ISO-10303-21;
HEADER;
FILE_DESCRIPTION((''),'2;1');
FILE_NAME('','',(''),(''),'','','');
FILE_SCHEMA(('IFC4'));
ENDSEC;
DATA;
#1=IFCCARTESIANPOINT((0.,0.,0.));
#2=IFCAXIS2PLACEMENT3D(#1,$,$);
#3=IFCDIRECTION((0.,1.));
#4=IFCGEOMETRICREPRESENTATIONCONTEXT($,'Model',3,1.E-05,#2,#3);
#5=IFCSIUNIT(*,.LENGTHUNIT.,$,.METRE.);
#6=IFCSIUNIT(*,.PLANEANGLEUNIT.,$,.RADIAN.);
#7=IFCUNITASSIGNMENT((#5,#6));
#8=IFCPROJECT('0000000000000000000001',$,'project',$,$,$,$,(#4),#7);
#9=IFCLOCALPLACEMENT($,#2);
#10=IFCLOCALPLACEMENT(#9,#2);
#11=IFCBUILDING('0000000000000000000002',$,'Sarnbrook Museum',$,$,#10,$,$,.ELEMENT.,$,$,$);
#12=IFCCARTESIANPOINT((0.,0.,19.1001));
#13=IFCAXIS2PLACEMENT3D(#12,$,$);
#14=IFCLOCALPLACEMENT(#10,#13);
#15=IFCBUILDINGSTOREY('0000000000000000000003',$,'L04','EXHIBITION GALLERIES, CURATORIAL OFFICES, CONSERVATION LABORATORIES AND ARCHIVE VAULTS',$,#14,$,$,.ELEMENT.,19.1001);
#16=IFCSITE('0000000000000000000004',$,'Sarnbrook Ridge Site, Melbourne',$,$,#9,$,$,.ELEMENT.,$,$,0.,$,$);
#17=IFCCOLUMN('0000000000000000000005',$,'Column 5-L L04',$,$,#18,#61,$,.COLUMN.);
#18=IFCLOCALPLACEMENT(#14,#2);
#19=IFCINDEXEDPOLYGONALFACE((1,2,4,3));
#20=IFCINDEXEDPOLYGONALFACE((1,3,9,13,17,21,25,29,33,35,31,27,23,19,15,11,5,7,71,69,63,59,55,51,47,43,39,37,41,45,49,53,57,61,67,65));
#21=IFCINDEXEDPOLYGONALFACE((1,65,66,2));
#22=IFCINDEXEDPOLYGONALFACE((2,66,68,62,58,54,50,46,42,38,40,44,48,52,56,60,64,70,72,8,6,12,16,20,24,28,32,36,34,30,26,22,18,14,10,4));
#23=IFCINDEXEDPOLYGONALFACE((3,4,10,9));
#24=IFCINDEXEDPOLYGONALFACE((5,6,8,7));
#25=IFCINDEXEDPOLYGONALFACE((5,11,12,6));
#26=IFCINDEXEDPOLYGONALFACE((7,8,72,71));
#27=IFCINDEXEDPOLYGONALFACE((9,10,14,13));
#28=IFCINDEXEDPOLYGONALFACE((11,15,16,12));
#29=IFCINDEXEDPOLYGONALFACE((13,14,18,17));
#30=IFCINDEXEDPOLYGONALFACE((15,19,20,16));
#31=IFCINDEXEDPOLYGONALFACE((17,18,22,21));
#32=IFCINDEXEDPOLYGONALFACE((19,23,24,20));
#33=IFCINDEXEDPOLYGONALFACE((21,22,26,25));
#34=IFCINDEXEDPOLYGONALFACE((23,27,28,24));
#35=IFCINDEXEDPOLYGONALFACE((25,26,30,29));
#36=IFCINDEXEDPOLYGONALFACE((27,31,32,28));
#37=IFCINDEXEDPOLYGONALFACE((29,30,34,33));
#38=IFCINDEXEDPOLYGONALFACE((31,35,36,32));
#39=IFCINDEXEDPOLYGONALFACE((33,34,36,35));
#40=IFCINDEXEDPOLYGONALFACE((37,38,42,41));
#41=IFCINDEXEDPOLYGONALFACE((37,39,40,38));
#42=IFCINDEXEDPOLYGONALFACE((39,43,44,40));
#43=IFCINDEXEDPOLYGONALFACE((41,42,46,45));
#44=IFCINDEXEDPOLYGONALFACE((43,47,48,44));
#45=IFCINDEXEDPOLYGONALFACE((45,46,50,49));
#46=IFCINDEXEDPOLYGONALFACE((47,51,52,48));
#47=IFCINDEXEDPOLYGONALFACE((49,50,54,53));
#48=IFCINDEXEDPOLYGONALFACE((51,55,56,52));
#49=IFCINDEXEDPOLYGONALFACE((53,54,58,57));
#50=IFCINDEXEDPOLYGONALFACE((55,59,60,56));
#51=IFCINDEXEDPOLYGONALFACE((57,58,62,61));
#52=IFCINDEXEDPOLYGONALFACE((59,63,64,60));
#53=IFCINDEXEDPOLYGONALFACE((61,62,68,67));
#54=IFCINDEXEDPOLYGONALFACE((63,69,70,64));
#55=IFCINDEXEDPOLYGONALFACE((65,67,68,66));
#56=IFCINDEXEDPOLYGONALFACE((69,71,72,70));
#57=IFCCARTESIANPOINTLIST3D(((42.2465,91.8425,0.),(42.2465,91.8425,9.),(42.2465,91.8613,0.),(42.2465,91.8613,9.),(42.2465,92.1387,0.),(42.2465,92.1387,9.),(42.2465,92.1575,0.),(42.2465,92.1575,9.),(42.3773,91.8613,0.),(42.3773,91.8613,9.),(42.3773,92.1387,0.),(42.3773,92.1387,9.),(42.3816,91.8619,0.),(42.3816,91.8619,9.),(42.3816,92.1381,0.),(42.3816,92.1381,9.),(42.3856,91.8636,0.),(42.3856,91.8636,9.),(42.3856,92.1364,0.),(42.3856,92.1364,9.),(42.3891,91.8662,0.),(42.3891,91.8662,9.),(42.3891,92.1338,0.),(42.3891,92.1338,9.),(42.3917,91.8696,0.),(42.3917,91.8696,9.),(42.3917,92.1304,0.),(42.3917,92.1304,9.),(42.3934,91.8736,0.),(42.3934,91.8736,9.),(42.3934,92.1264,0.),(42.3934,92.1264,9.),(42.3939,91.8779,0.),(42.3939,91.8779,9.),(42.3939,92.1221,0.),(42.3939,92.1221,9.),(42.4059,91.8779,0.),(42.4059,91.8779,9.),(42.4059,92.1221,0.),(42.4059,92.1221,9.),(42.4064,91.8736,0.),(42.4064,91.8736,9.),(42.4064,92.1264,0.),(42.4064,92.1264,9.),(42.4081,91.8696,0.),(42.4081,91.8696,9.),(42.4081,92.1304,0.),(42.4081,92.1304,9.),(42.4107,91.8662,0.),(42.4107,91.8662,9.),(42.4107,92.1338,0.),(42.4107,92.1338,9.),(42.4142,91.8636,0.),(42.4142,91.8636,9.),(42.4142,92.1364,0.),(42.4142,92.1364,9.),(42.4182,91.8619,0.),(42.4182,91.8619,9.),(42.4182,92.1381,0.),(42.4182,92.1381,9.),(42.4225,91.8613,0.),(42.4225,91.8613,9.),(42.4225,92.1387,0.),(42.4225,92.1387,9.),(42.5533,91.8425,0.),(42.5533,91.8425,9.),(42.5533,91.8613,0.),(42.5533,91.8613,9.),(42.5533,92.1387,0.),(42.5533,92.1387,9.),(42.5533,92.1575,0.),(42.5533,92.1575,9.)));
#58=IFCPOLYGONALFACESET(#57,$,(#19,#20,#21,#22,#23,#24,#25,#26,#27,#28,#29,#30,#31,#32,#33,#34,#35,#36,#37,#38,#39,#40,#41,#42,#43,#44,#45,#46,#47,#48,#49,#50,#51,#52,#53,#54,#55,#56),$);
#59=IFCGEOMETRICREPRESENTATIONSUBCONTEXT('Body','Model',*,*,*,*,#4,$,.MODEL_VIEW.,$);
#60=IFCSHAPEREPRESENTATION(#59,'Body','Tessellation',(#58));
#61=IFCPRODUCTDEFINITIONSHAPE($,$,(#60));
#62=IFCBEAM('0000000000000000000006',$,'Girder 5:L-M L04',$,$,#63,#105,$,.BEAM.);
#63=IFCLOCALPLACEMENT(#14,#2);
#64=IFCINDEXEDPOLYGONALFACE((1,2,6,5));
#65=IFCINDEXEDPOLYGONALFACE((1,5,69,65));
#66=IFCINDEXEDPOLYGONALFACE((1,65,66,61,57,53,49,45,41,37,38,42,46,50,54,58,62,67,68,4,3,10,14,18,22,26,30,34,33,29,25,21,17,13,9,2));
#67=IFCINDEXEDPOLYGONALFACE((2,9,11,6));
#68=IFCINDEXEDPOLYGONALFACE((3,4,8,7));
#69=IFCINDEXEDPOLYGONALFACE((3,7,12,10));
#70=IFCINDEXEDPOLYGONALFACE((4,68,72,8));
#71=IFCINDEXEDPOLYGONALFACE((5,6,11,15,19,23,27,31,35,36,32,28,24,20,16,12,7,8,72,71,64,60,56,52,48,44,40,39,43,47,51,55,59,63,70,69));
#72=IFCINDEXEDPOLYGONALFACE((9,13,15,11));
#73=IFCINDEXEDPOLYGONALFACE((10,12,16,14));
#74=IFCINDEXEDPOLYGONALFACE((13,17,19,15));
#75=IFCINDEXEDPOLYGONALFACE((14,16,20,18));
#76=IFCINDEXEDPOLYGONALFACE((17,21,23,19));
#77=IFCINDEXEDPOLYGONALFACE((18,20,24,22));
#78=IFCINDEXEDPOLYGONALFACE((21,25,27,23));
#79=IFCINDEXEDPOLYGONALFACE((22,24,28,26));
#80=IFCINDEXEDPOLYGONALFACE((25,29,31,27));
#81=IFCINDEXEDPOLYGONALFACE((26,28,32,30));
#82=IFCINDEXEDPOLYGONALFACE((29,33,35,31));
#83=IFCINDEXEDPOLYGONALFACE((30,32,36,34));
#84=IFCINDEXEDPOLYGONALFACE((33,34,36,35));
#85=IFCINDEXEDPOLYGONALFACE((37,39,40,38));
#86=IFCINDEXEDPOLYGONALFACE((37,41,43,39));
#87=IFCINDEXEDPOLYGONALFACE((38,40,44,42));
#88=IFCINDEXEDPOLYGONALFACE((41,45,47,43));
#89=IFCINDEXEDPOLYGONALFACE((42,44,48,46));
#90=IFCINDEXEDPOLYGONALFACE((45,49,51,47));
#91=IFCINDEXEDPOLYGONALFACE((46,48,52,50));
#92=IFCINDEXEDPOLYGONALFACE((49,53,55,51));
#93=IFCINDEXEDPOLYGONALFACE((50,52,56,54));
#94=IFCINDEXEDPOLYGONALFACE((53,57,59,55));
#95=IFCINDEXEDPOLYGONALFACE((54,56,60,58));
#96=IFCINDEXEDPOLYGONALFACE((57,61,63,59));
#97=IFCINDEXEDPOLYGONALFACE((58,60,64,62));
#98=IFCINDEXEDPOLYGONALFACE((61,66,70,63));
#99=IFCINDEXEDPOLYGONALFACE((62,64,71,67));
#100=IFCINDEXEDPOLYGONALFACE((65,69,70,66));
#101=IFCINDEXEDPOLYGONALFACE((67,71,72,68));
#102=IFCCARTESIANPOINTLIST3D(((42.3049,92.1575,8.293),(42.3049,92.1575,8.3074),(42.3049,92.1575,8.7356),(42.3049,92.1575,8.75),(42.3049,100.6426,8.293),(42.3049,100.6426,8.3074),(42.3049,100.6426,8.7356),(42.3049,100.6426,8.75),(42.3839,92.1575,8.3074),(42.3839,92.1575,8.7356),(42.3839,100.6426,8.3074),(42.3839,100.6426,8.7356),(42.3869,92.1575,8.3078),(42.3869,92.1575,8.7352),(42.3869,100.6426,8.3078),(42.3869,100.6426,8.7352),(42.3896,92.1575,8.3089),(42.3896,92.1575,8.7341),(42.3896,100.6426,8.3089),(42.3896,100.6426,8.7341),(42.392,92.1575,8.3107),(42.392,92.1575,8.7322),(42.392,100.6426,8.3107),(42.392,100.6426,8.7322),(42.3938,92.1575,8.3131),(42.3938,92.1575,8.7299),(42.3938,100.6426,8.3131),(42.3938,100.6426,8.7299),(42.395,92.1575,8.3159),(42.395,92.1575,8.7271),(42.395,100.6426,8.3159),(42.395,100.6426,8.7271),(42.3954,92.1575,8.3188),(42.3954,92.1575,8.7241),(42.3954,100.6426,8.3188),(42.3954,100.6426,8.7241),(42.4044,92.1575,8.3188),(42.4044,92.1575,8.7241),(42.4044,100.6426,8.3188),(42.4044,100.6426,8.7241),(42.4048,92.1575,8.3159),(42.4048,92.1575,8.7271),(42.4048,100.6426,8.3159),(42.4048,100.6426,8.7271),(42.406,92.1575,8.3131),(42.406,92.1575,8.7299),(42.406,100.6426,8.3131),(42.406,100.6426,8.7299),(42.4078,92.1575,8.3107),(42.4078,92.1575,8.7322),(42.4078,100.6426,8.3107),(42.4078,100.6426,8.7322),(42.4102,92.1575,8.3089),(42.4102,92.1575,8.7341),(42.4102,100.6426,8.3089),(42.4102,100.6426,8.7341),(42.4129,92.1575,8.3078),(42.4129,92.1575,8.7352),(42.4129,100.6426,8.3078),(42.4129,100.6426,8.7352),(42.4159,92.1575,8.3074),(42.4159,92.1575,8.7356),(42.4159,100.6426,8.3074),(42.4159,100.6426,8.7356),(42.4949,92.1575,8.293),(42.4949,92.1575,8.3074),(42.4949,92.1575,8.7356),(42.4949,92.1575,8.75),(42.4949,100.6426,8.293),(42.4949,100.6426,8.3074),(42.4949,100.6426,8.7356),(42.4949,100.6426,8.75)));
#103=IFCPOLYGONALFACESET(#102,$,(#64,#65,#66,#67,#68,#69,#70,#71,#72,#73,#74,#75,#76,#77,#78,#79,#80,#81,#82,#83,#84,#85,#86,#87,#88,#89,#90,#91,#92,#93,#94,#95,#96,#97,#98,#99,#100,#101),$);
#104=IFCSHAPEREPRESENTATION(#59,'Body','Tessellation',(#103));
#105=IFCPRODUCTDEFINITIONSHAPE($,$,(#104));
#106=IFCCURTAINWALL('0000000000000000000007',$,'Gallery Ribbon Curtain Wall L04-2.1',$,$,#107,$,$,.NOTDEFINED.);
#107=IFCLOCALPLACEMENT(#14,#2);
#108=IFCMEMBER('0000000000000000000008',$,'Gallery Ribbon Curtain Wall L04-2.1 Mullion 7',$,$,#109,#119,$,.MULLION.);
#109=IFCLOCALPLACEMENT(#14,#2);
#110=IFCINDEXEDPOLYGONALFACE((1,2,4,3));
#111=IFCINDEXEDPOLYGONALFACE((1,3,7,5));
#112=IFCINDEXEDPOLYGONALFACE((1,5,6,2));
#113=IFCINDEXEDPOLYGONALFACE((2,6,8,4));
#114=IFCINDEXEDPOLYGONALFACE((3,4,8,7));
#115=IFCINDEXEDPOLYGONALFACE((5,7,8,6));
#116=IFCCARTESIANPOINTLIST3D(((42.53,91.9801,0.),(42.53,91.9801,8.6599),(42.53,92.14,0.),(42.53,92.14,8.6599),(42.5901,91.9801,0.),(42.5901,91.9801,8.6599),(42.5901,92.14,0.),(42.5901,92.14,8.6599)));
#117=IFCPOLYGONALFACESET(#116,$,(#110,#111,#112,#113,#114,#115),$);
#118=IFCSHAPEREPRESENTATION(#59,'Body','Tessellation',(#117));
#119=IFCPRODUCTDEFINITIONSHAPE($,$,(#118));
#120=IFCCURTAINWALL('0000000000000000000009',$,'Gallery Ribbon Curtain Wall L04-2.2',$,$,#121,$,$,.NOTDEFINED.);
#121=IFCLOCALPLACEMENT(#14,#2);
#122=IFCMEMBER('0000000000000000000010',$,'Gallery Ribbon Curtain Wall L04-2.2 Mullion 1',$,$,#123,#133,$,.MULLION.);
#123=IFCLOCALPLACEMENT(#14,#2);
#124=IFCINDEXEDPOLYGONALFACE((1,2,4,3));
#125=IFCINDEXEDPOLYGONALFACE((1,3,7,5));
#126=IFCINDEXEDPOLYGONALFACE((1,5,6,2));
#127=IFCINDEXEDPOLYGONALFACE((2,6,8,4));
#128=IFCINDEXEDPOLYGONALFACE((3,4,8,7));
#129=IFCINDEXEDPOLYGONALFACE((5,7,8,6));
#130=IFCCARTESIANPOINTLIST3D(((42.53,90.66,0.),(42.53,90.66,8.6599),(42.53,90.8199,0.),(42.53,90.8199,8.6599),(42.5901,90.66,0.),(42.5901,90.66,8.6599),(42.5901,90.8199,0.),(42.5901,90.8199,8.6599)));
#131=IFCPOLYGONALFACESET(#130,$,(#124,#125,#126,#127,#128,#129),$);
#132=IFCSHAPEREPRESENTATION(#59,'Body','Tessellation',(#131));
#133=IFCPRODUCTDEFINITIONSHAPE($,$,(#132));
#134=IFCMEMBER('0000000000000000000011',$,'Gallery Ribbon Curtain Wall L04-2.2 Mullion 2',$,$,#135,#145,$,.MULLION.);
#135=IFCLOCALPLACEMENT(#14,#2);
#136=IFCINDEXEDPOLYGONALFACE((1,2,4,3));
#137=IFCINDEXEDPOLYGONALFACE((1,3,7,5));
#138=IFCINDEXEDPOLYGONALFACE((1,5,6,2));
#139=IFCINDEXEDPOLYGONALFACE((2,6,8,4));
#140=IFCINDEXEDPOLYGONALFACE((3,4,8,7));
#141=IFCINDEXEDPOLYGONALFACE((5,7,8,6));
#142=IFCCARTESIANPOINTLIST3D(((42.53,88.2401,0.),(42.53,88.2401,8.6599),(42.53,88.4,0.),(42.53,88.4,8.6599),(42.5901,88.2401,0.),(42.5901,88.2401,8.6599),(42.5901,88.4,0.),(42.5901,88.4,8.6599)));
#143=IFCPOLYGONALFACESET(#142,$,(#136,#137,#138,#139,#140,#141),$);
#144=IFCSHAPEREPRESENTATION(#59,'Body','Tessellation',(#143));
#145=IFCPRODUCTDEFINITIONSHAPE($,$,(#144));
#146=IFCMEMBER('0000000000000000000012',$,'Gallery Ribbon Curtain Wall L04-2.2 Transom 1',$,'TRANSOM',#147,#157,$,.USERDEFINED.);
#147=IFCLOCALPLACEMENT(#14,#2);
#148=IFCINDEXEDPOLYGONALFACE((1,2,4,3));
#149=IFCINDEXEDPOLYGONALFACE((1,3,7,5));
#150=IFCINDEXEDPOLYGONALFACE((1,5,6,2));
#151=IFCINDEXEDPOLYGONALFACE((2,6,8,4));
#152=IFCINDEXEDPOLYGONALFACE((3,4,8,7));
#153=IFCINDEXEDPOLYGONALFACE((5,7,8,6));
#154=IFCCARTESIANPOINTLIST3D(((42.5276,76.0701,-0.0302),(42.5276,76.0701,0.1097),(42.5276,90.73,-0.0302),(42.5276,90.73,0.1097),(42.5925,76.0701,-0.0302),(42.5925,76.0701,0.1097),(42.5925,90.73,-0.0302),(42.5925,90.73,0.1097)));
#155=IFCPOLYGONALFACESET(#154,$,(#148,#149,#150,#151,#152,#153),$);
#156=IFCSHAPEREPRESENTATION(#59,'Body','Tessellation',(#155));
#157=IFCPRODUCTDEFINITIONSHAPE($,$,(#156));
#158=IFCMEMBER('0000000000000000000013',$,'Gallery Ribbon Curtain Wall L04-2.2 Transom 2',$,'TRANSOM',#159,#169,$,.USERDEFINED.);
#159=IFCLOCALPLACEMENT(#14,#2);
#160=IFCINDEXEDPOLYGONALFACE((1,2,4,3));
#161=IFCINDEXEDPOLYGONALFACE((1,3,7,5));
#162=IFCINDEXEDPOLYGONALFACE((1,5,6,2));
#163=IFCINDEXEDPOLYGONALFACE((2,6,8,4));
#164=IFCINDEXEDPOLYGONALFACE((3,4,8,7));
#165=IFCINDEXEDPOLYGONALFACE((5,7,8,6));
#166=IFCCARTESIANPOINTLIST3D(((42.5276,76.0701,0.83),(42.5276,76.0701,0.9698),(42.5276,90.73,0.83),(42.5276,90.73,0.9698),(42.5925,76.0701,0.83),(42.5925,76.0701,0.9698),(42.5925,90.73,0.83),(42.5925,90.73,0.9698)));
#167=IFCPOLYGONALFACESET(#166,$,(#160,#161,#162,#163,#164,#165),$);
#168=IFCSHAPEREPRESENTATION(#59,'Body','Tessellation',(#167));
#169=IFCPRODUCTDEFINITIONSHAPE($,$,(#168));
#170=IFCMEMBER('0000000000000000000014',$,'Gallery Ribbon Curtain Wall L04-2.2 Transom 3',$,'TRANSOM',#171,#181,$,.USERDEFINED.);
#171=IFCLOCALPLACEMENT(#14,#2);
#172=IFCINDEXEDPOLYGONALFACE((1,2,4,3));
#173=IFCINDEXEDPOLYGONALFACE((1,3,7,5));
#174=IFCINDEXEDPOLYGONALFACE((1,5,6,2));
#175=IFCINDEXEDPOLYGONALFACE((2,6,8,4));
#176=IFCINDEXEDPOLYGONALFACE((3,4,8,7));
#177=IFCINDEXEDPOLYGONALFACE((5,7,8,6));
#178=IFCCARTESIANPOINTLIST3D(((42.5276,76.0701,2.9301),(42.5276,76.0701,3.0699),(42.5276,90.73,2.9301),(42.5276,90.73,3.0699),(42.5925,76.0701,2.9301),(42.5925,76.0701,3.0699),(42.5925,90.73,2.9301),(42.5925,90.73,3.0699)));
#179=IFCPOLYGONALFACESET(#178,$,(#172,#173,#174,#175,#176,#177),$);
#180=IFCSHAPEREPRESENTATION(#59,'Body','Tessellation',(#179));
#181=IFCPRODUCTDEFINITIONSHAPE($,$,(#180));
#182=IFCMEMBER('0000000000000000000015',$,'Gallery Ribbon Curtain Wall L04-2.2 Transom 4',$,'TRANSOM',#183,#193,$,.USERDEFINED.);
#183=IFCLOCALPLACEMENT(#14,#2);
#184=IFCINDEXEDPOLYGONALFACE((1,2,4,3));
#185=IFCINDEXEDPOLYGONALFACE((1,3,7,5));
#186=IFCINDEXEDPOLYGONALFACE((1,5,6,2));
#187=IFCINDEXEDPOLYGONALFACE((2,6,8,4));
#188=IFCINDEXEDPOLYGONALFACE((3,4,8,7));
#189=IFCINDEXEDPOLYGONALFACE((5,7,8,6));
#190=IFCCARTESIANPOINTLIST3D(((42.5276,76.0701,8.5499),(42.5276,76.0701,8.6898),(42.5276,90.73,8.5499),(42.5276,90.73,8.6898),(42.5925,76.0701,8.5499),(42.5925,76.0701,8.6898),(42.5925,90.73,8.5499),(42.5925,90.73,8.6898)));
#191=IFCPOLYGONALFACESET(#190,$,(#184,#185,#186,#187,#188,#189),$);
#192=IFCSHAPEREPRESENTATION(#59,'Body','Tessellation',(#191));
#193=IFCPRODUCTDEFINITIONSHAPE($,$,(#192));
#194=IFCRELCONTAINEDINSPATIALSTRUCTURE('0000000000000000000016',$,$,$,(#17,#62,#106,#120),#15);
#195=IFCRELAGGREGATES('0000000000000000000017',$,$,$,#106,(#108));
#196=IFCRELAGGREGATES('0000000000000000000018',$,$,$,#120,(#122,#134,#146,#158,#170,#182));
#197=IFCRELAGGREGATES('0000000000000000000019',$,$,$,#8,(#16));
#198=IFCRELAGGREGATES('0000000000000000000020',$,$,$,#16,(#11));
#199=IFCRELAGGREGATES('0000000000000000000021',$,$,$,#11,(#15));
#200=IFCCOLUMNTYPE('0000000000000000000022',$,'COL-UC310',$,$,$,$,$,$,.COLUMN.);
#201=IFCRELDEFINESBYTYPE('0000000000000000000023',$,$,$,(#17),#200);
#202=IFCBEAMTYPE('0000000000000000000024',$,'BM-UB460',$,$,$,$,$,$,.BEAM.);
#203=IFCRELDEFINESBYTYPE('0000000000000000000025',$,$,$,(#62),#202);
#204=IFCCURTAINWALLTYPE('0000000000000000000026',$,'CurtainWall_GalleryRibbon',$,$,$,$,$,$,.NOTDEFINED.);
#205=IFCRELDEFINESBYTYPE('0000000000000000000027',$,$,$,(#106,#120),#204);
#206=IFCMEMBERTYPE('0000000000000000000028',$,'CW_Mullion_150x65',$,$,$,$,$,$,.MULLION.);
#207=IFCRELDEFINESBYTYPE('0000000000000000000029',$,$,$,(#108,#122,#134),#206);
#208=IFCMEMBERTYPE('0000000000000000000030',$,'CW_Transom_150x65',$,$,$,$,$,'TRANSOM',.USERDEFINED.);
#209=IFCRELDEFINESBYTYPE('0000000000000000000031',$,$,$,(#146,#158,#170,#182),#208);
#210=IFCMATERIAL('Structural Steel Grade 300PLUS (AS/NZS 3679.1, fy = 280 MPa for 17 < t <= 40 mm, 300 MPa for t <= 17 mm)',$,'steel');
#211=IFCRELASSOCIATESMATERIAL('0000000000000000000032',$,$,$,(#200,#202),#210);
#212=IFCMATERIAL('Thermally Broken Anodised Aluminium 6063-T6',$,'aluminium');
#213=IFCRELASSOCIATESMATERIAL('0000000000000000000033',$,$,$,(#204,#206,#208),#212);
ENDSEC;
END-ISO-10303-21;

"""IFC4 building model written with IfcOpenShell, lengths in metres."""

from ifc_helpers import new_model, si_unit, direction, frame, origin, origin_2d, place, context, subcontext, project, spatial, rectangle, i_section, extrude, material, material_profile, profile_set, type_object, element, aggregate, save


model = new_model("IFC4")

# Units and contexts
model_context = context("Model", 3, precision=1e-05, world=origin(), true_north=direction((0.0, 1.0)))
body_context = subcontext(model_context, "Body", "Model", "MODEL_VIEW")
ifc_project = project(units=[si_unit("LENGTHUNIT", "METRE"), si_unit("PLANEANGLEUNIT", "RADIAN")], contexts=[model_context])

# Site, building, storey
site_placement = place(None, origin())
site = spatial("IfcSite", under=ifc_project, at=site_placement, Name="Sarnbrook Ridge Site, Melbourne", CompositionType="ELEMENT", RefElevation=0.0)
building_placement = place(site_placement, origin())
building = spatial("IfcBuilding", under=site, at=building_placement, Name="Sarnbrook Museum", CompositionType="ELEMENT")
storey_placement = place(building_placement, frame((0.0, 0.0, 19.1001)))
storey = spatial("IfcBuildingStorey", under=building, at=storey_placement, Name="L04", Description="EXHIBITION GALLERIES, CURATORIAL OFFICES, CONSERVATION LABORATORIES AND ARCHIVE VAULTS", CompositionType="ELEMENT", Elevation=19.1001)

# Column
ifc_material_1 = material(Name="Structural Steel Grade 300PLUS (AS/NZS 3679.1, fy = 280 MPa for 17 < t <= 40 mm, 300 MPa for t <= 17 mm)", Category="steel")
ifc_material_profile_1 = material_profile(ifc_material_1, i_section(OverallWidth=0.3069, OverallDepth=0.3149, WebThickness=0.012, FlangeThickness=0.0188, FilletRadius=0.0166, at=origin_2d()), Name="310UC118")
ifc_profile_set_1 = profile_set([ifc_material_profile_1], Name="Structural Steel Grade 300PLUS (AS/NZS 3679.1, fy = 280 MPa for 17 < t <= 40 mm, 300 MPa for t <= 17 mm)")
column_type = type_object("IfcColumnType", Name="COL-UC310", PredefinedType="COLUMN", material=ifc_profile_set_1)
column_placement = place(storey_placement, frame((42.3999, 92.0, 0.0), z_axis=(0.0, 0.0, 1.0), x_axis=(1.0, 0.0, 0.0)))
element("IfcColumn", 1, at=column_placement, inside=storey, type_object=column_type, Name="Column 5-L L04", PredefinedType="COLUMN", context=body_context, shape_type="SweptSolid", body=[
    extrude(i_section(OverallWidth=0.3069, OverallDepth=0.3149, WebThickness=0.012, FlangeThickness=0.0188, FilletRadius=0.0166, at=origin_2d()), origin(), (0.0, 0.0, 1.0), 9.0),
])

# Beam
ifc_material_profile_2 = material_profile(ifc_material_1, i_section(OverallWidth=0.1899, OverallDepth=0.457, WebThickness=0.009, FlangeThickness=0.0144, FilletRadius=0.0115, at=origin_2d()), Name="460UB74.6")
ifc_profile_set_2 = profile_set([ifc_material_profile_2], Name="Structural Steel Grade 300PLUS (AS/NZS 3679.1, fy = 280 MPa for 17 < t <= 40 mm, 300 MPa for t <= 17 mm)")
beam_type = type_object("IfcBeamType", Name="BM-UB460", PredefinedType="BEAM", material=ifc_profile_set_2)
beam_placement = place(storey_placement, frame((42.3999, 92.1575, 8.5215), z_axis=(0.0, 1.0, 0.0), x_axis=(-1.0, 0.0, 0.0)))
element("IfcBeam", 2, at=beam_placement, inside=storey, type_object=beam_type, Name="Girder 5:L-M L04", PredefinedType="BEAM", context=body_context, shape_type="SweptSolid", body=[
    extrude(i_section(OverallWidth=0.1899, OverallDepth=0.457, WebThickness=0.009, FlangeThickness=0.0144, FilletRadius=0.0115, at=origin_2d()), origin(), (0.0, 0.0, 1.0), 8.4851),
])

# Curtain wall, member
ifc_material_2 = material(Name="Thermally Broken Anodised Aluminium 6063-T6", Category="aluminium")
curtain_wall_type = type_object("IfcCurtainWallType", Name="CurtainWall_GalleryRibbon", PredefinedType="NOTDEFINED", material=ifc_material_2)
curtain_wall_1_placement = place(storey_placement, origin())
curtain_wall_1 = element("IfcCurtainWall", 3, at=curtain_wall_1_placement, inside=storey, type_object=curtain_wall_type, Name="Gallery Ribbon Curtain Wall L04-2.1", PredefinedType="NOTDEFINED")
ifc_material_profile_3 = material_profile(ifc_material_2, rectangle(XDim=0.0601, YDim=0.1599, at=origin_2d()), Name="ALU MULLION 60x160")
ifc_profile_set_3 = profile_set([ifc_material_profile_3], Name="Thermally Broken Anodised Aluminium 6063-T6")
member_type_1 = type_object("IfcMemberType", Name="CW_Mullion_150x65", PredefinedType="MULLION", material=ifc_profile_set_3)
member_1_placement = place(storey_placement, frame((42.5601, 92.0601, 0.0), z_axis=(0.0, 0.0, 1.0), x_axis=(1.0, 0.0, 0.0)))
member_1 = element("IfcMember", 4, at=member_1_placement, type_object=member_type_1, Name="Gallery Ribbon Curtain Wall L04-2.1 Mullion 7", PredefinedType="MULLION", context=body_context, shape_type="SweptSolid", body=[
    extrude(rectangle(XDim=0.0601, YDim=0.1599, at=origin_2d()), origin(), (0.0, 0.0, 1.0), 8.6599),
])

# Curtain wall, members
curtain_wall_2_placement = place(storey_placement, origin())
curtain_wall_2 = element("IfcCurtainWall", 5, at=curtain_wall_2_placement, inside=storey, type_object=curtain_wall_type, Name="Gallery Ribbon Curtain Wall L04-2.2", PredefinedType="NOTDEFINED")
member_2_placement = place(storey_placement, frame((42.5601, 90.74, 0.0), z_axis=(0.0, 0.0, 1.0), x_axis=(1.0, 0.0, 0.0)))
member_2 = element("IfcMember", 6, at=member_2_placement, type_object=member_type_1, Name="Gallery Ribbon Curtain Wall L04-2.2 Mullion 1", PredefinedType="MULLION", context=body_context, shape_type="SweptSolid", body=[
    extrude(rectangle(XDim=0.0601, YDim=0.1599, at=origin_2d()), origin(), (0.0, 0.0, 1.0), 8.6599),
])
member_3_placement = place(storey_placement, frame((42.5601, 88.3201, 0.0), z_axis=(0.0, 0.0, 1.0), x_axis=(1.0, 0.0, 0.0)))
member_3 = element("IfcMember", 7, at=member_3_placement, type_object=member_type_1, Name="Gallery Ribbon Curtain Wall L04-2.2 Mullion 2", PredefinedType="MULLION", context=body_context, shape_type="SweptSolid", body=[
    extrude(rectangle(XDim=0.0601, YDim=0.1599, at=origin_2d()), origin(), (0.0, 0.0, 1.0), 8.6599),
])
ifc_material_profile_4 = material_profile(ifc_material_2, rectangle(XDim=0.0649, YDim=0.1399, at=origin_2d()), Name="ALU TRANSOM 65x140")
ifc_profile_set_4 = profile_set([ifc_material_profile_4], Name="Thermally Broken Anodised Aluminium 6063-T6")
member_type_2 = type_object("IfcMemberType", Name="CW_Transom_150x65", ElementType="TRANSOM", PredefinedType="USERDEFINED", material=ifc_profile_set_4)
member_4_placement = place(storey_placement, frame((42.5601, 90.73, 0.0398), z_axis=(0.0, -1.0, 0.0), x_axis=(1.0, 0.0, 0.0)))
member_4 = element("IfcMember", 8, at=member_4_placement, type_object=member_type_2, Name="Gallery Ribbon Curtain Wall L04-2.2 Transom 1", ObjectType="TRANSOM", PredefinedType="USERDEFINED", context=body_context, shape_type="SweptSolid", body=[
    extrude(rectangle(XDim=0.0649, YDim=0.1399, at=origin_2d()), origin(), (0.0, 0.0, 1.0), 14.6599),
])
member_5_placement = place(storey_placement, frame((42.5601, 90.73, 0.8999), z_axis=(0.0, -1.0, 0.0), x_axis=(1.0, 0.0, 0.0)))
member_5 = element("IfcMember", 9, at=member_5_placement, type_object=member_type_2, Name="Gallery Ribbon Curtain Wall L04-2.2 Transom 2", ObjectType="TRANSOM", PredefinedType="USERDEFINED", context=body_context, shape_type="SweptSolid", body=[
    extrude(rectangle(XDim=0.0649, YDim=0.1399, at=origin_2d()), origin(), (0.0, 0.0, 1.0), 14.6599),
])
member_6_placement = place(storey_placement, frame((42.5601, 90.73, 3.0), z_axis=(0.0, -1.0, 0.0), x_axis=(1.0, 0.0, 0.0)))
member_6 = element("IfcMember", 10, at=member_6_placement, type_object=member_type_2, Name="Gallery Ribbon Curtain Wall L04-2.2 Transom 3", ObjectType="TRANSOM", PredefinedType="USERDEFINED", context=body_context, shape_type="SweptSolid", body=[
    extrude(rectangle(XDim=0.0649, YDim=0.1399, at=origin_2d()), origin(), (0.0, 0.0, 1.0), 14.6599),
])
member_7_placement = place(storey_placement, frame((42.5601, 90.73, 8.6199), z_axis=(0.0, -1.0, 0.0), x_axis=(1.0, 0.0, 0.0)))
member_7 = element("IfcMember", 11, at=member_7_placement, type_object=member_type_2, Name="Gallery Ribbon Curtain Wall L04-2.2 Transom 4", ObjectType="TRANSOM", PredefinedType="USERDEFINED", context=body_context, shape_type="SweptSolid", body=[
    extrude(rectangle(XDim=0.0649, YDim=0.1399, at=origin_2d()), origin(), (0.0, 0.0, 1.0), 14.6599),
])

aggregate(curtain_wall_1, [member_1])
aggregate(curtain_wall_2, [member_2, member_3, member_4, member_5, member_6, member_7])

save(model, "model.ifc")
